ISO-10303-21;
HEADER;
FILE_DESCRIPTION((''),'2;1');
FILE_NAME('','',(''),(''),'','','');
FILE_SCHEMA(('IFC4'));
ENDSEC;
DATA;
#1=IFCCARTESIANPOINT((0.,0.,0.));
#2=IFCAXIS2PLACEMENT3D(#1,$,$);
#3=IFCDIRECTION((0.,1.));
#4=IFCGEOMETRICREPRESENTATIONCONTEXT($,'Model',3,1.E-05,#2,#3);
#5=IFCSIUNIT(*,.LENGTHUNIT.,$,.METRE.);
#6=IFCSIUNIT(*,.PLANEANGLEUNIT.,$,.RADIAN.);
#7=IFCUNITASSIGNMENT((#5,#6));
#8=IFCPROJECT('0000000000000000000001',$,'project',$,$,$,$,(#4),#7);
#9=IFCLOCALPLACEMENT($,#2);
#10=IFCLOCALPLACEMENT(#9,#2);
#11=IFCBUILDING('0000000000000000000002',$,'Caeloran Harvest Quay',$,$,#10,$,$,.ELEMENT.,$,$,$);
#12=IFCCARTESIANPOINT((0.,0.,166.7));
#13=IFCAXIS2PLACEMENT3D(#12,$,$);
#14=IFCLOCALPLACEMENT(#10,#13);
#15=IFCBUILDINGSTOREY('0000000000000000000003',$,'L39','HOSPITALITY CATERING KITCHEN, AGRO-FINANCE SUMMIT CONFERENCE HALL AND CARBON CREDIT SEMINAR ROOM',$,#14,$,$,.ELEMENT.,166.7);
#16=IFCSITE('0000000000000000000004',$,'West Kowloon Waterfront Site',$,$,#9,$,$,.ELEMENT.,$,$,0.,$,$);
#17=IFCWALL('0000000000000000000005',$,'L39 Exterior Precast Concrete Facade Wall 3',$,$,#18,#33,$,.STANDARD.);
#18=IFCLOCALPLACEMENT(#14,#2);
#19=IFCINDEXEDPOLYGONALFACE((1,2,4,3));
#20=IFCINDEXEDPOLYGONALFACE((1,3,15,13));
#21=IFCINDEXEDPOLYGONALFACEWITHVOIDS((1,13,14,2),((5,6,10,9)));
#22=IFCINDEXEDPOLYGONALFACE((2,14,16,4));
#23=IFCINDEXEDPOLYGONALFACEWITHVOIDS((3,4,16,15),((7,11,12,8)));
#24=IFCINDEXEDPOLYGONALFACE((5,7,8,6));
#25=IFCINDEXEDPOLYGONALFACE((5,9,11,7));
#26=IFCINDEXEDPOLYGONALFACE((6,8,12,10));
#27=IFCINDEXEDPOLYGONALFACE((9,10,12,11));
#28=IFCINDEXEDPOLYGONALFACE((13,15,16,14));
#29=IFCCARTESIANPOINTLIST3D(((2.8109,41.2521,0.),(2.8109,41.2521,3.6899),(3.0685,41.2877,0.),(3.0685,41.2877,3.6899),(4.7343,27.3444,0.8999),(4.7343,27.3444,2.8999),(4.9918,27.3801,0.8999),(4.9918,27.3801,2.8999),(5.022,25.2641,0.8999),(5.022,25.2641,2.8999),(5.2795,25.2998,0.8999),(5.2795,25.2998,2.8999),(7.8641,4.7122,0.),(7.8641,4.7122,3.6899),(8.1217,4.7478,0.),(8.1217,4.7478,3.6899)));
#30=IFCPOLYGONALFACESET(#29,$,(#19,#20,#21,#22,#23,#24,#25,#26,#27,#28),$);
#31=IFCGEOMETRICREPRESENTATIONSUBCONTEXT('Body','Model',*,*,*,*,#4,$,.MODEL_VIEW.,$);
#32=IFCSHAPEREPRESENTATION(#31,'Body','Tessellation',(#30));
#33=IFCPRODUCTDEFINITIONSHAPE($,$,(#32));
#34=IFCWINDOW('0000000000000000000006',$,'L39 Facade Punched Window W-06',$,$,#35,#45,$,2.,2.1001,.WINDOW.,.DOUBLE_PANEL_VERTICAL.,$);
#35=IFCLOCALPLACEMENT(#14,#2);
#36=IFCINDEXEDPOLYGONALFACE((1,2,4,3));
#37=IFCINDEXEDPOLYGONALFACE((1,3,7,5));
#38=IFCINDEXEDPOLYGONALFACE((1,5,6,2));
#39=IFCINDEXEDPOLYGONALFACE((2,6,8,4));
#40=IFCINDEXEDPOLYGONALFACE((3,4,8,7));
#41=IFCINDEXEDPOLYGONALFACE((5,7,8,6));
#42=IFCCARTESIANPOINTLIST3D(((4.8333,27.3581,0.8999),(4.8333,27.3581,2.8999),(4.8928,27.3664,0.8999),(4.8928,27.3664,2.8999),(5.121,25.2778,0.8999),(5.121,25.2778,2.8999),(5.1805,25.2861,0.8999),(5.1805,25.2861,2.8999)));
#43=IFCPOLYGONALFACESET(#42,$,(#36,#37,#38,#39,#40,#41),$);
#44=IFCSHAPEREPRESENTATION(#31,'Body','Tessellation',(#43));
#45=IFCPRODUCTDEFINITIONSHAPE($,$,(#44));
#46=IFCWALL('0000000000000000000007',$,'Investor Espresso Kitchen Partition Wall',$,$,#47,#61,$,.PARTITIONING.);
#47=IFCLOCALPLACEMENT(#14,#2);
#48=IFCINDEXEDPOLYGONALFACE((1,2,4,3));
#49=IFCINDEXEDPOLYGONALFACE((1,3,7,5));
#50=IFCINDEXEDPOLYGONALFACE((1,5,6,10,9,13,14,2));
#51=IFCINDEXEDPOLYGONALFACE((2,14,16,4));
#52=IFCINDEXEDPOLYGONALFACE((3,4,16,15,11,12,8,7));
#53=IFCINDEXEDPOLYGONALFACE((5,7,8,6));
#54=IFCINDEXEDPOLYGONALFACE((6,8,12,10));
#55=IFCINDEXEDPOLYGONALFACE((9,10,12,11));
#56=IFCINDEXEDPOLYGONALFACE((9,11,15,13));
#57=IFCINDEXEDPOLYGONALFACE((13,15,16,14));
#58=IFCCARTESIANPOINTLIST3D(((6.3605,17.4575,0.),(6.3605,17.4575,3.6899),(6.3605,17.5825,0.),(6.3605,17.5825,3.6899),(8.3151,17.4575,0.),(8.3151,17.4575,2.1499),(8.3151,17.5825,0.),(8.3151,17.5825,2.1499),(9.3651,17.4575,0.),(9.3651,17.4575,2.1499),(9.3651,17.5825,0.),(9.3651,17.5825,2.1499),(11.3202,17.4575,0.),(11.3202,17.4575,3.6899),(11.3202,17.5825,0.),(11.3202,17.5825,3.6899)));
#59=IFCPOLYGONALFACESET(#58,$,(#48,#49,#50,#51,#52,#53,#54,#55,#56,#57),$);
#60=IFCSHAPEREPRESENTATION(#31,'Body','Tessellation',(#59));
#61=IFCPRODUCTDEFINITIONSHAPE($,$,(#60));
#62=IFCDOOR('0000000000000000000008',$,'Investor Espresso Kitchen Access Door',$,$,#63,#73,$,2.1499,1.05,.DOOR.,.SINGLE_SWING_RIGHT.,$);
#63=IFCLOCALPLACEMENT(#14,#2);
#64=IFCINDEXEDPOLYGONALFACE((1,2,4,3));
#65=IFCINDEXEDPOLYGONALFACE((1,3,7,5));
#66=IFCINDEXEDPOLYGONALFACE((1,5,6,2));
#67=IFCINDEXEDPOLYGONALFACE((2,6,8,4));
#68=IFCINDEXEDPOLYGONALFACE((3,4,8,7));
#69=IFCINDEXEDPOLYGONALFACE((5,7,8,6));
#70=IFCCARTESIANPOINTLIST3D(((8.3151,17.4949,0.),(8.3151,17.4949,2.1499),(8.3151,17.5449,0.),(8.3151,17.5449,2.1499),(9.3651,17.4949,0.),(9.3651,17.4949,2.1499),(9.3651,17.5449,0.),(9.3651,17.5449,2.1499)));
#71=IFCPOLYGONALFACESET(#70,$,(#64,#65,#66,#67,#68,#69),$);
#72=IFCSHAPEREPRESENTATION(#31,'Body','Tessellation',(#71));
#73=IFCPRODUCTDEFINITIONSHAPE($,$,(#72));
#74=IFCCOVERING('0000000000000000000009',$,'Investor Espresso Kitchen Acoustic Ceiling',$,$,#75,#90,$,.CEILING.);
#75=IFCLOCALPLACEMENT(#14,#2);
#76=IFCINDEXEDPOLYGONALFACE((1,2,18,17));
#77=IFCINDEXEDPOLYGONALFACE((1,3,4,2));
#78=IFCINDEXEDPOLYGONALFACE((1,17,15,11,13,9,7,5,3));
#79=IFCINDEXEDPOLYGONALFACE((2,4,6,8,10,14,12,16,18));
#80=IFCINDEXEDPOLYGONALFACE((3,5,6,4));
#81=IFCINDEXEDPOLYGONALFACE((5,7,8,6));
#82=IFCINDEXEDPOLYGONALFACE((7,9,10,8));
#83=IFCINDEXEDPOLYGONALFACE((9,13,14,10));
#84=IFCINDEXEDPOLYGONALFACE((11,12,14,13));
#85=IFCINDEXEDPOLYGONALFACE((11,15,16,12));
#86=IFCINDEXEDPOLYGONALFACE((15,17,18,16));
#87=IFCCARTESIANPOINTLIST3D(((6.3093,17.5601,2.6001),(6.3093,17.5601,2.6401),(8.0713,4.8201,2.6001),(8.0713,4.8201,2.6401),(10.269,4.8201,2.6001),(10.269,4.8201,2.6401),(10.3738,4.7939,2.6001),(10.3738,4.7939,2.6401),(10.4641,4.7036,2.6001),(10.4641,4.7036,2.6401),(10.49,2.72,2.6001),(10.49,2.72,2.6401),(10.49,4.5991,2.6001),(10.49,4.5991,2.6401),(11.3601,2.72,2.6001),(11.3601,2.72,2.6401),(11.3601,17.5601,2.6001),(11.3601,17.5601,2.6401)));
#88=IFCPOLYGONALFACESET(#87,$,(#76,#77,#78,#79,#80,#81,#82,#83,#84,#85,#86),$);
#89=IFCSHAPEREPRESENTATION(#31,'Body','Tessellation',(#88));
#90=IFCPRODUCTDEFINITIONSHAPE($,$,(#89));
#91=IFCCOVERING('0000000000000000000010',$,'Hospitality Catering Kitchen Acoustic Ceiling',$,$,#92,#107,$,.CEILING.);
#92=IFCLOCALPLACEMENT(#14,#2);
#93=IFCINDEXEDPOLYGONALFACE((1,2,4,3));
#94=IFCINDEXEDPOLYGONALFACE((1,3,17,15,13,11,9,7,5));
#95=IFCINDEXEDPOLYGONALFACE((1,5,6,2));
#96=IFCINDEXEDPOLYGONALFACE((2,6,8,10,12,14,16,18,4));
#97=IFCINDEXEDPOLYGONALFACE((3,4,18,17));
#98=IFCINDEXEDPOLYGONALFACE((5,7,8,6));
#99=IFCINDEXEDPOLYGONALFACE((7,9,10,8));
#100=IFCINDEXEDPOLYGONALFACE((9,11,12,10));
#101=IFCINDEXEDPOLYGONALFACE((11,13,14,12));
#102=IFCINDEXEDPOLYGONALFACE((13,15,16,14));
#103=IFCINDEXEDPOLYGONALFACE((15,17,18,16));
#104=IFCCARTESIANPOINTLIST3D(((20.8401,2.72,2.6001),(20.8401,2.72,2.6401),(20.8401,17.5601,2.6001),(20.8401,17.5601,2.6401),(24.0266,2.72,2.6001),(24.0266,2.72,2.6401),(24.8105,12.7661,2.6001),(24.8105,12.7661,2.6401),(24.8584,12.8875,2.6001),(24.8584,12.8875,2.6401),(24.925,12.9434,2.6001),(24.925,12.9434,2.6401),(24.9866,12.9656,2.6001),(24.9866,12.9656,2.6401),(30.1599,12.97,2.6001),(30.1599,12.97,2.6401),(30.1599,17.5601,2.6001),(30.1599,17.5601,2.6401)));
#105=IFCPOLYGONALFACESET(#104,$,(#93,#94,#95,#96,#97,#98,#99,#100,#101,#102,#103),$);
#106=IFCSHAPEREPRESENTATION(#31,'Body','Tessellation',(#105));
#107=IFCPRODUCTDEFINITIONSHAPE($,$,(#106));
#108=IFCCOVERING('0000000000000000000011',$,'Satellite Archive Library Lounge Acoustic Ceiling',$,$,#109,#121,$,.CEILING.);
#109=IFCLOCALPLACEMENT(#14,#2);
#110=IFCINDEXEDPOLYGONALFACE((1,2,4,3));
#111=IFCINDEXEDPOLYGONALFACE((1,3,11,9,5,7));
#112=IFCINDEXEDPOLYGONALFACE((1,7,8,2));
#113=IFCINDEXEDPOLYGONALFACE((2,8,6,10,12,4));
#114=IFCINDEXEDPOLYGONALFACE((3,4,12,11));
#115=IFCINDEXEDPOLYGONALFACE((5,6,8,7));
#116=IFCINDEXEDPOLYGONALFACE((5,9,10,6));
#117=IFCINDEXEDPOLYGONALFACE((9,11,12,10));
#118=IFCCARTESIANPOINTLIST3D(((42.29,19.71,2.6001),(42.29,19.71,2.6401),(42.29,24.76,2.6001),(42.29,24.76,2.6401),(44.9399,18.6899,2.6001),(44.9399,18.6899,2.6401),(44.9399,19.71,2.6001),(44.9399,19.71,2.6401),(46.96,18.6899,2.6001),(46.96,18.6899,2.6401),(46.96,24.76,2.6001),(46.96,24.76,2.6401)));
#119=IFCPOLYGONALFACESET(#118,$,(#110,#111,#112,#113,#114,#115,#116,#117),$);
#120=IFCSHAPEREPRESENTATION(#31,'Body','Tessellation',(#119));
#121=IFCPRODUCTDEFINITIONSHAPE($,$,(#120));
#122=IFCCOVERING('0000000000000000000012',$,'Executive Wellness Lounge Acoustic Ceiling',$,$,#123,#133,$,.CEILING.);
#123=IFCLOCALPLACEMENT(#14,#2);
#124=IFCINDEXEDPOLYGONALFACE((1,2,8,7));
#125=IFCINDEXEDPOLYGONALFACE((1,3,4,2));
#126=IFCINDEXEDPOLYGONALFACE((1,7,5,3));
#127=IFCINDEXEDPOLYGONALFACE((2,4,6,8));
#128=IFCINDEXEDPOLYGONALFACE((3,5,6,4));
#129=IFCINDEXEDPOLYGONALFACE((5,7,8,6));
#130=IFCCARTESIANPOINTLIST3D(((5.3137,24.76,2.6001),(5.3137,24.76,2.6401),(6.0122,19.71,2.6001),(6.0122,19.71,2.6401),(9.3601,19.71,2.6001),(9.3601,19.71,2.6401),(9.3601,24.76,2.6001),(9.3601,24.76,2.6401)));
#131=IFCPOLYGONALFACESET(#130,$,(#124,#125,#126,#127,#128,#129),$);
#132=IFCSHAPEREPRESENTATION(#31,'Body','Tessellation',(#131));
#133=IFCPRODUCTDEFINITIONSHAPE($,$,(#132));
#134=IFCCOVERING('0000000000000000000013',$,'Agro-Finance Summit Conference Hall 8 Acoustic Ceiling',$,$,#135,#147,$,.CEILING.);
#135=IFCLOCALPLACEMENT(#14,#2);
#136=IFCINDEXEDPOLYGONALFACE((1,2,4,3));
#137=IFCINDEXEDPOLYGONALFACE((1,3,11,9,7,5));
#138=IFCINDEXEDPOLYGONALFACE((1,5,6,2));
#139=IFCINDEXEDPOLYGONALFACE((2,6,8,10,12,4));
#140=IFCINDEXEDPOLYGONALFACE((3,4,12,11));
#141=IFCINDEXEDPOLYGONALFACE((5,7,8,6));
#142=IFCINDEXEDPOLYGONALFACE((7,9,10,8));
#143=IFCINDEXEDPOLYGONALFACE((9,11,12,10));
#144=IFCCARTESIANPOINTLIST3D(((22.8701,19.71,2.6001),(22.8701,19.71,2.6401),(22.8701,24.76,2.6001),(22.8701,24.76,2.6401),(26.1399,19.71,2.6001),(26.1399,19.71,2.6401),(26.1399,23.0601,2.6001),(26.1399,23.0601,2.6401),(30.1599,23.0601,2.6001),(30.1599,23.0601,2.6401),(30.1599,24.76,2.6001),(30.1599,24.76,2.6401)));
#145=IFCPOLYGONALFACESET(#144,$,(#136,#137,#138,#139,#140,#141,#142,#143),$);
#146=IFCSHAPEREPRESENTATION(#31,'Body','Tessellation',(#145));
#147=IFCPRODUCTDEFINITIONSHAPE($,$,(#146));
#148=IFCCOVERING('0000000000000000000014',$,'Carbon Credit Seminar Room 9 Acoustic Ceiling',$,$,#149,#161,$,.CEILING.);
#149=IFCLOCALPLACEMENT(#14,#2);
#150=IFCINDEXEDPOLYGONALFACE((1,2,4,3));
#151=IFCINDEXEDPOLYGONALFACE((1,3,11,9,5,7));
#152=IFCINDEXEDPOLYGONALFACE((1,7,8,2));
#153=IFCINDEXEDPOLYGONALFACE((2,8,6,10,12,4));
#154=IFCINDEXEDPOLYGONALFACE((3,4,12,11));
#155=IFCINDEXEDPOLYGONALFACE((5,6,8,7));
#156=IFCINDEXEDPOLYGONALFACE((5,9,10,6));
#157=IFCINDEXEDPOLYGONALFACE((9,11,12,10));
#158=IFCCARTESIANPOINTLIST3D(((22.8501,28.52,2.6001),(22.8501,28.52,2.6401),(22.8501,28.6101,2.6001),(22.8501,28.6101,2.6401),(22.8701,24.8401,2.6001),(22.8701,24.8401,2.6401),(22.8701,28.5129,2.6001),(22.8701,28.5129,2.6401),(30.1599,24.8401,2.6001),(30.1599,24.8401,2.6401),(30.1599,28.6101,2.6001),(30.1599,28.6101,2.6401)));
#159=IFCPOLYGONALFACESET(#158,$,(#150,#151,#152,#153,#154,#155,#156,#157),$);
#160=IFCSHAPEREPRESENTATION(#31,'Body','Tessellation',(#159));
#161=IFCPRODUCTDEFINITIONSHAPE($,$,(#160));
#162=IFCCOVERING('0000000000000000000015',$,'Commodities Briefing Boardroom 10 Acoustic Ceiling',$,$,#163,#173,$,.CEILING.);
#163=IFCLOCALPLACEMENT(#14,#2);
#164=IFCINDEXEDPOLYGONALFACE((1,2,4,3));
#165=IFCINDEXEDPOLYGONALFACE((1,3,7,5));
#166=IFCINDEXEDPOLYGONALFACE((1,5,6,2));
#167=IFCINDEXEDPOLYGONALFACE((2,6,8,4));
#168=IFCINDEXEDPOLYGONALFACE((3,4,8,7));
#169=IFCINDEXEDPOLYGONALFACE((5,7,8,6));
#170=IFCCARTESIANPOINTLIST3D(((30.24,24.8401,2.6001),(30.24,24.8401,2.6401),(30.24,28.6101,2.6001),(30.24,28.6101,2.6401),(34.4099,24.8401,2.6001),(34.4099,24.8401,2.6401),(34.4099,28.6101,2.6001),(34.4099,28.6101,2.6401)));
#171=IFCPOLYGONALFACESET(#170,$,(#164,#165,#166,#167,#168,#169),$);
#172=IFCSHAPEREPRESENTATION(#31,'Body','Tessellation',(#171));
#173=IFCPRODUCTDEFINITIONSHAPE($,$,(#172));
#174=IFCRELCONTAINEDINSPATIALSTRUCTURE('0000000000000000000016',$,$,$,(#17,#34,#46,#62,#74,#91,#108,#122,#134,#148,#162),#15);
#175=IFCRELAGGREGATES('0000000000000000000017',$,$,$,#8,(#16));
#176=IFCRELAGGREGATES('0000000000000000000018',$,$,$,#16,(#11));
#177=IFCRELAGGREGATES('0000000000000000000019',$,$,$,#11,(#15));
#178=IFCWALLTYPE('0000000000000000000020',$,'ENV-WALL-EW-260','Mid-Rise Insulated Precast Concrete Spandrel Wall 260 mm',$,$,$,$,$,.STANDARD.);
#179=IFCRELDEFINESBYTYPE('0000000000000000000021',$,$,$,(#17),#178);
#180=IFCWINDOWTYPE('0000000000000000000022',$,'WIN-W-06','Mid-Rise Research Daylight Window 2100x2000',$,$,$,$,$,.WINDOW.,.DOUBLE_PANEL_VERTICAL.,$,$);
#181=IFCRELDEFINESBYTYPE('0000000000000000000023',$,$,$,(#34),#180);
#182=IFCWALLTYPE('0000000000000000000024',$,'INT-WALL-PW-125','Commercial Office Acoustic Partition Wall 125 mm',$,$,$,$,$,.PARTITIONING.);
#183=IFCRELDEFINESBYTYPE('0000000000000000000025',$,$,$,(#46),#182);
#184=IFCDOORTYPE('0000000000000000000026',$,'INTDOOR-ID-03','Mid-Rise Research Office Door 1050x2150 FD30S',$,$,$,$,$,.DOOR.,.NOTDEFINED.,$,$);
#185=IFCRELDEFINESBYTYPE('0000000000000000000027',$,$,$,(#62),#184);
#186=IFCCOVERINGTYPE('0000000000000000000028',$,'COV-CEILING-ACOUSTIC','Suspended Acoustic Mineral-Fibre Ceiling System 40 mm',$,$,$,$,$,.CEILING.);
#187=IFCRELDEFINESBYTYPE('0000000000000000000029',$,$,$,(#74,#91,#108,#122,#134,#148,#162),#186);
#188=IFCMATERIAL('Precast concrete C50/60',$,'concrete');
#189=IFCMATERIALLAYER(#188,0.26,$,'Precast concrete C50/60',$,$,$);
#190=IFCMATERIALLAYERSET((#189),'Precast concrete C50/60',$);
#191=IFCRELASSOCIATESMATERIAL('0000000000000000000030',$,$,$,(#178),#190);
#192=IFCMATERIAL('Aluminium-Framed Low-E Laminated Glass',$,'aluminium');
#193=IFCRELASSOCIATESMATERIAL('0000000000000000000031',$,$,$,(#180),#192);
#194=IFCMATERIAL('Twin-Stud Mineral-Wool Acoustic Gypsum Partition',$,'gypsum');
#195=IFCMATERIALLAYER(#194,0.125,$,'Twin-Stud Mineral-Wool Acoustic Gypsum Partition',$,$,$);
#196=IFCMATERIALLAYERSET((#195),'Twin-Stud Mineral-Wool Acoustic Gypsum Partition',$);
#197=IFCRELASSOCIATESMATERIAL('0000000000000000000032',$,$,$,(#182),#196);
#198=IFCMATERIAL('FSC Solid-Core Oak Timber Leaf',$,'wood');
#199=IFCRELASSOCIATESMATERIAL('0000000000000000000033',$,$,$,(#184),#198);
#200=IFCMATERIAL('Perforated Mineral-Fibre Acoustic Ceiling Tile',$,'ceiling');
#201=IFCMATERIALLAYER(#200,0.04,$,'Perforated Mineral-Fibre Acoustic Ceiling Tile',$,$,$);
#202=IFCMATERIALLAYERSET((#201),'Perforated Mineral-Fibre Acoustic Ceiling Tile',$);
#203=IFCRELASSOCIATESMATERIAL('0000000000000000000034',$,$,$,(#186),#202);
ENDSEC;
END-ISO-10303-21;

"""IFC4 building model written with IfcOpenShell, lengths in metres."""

from ifc_helpers import new_model, si_unit, direction, frame, frame_2d, origin, place, context, subcontext, project, spatial, polyline, rectangle, outline, extrude, material, layer, layer_set, type_object, element, fill, save


model = new_model("IFC4")

# Units and contexts
model_context = context("Model", 3, precision=1e-05, world=origin(), true_north=direction((0.0, 1.0)))
body_context = subcontext(model_context, "Body", "Model", "MODEL_VIEW")
ifc_project = project(units=[si_unit("LENGTHUNIT", "METRE"), si_unit("PLANEANGLEUNIT", "RADIAN")], contexts=[model_context])

# Site, building, storey
site_placement = place(None, origin())
site = spatial("IfcSite", under=ifc_project, at=site_placement, Name="West Kowloon Waterfront Site", CompositionType="ELEMENT", RefElevation=0.0)
building_placement = place(site_placement, origin())
building = spatial("IfcBuilding", under=site, at=building_placement, Name="Caeloran Harvest Quay", CompositionType="ELEMENT")
storey_placement = place(building_placement, frame((0.0, 0.0, 166.7)))
storey = spatial("IfcBuildingStorey", under=building, at=storey_placement, Name="L39", Description="HOSPITALITY CATERING KITCHEN, AGRO-FINANCE SUMMIT CONFERENCE HALL AND CARBON CREDIT SEMINAR ROOM", CompositionType="ELEMENT", Elevation=166.7)

# Wall, opening, window
ifc_material_1 = material(Name="Precast concrete C50/60", Category="concrete")
ifc_layer_1 = layer(ifc_material_1, 0.26, Name="Precast concrete C50/60")
ifc_layer_set_1 = layer_set([ifc_layer_1], Name="Precast concrete C50/60")
wall_type_1 = type_object("IfcWallType", Name="ENV-WALL-EW-260", Description="Mid-Rise Insulated Precast Concrete Spandrel Wall 260 mm", PredefinedType="STANDARD", material=ifc_layer_set_1)
wall_1_placement = place(storey_placement, frame((7.9929, 4.73, 0.0), z_axis=(0.0, 0.0, 1.0), x_axis=(-0.136989, 0.990573, 0.0)))
wall_1 = element("IfcWall", 1, at=wall_1_placement, inside=storey, type_object=wall_type_1, Name="L39 Exterior Precast Concrete Facade Wall 3", PredefinedType="STANDARD", context=body_context, shape_type="SweptSolid", body=[
    extrude(rectangle(XDim=36.8877, YDim=0.26, at=frame_2d((18.4438, 0.0))), origin(), (0.0, 0.0, 1.0), 3.6899),
])
opening_1_placement = place(wall_1_placement, frame((20.7476, 0.0, 0.8999)))
opening_1 = element("IfcOpeningElement", 2, at=opening_1_placement, cuts=wall_1, PredefinedType="OPENING", context=body_context, shape_type="SweptSolid", body=[
    extrude(rectangle(XDim=2.1001, YDim=2.0, at=frame_2d((1.05, 1.0))), frame((0.0, 0.1401, 0.0), z_axis=(0.0, -1.0, 0.0), x_axis=(1.0, 0.0, 0.0)), (0.0, 0.0, 1.0), 0.28),
])
ifc_material_2 = material(Name="Aluminium-Framed Low-E Laminated Glass", Category="aluminium")
window_type = type_object("IfcWindowType", Name="WIN-W-06", Description="Mid-Rise Research Daylight Window 2100x2000", PartitioningType="DOUBLE_PANEL_VERTICAL", PredefinedType="WINDOW", material=ifc_material_2)
window_placement = place(opening_1_placement, origin())
window = element("IfcWindow", 3, at=window_placement, inside=storey, type_object=window_type, Name="L39 Facade Punched Window W-06", OverallHeight=2.0, OverallWidth=2.1001, PartitioningType="DOUBLE_PANEL_VERTICAL", PredefinedType="WINDOW", context=body_context, shape_type="SweptSolid", body=[
    extrude(rectangle(XDim=2.1001, YDim=2.0, at=frame_2d((1.05, 1.0))), frame((0.0, 0.03, 0.0), z_axis=(0.0, -1.0, 0.0), x_axis=(1.0, 0.0, 0.0)), (0.0, 0.0, 1.0), 0.0601),
])
fill(opening_1, window)

# Wall, opening, door
ifc_material_3 = material(Name="Twin-Stud Mineral-Wool Acoustic Gypsum Partition", Category="gypsum")
ifc_layer_2 = layer(ifc_material_3, 0.125, Name="Twin-Stud Mineral-Wool Acoustic Gypsum Partition")
ifc_layer_set_2 = layer_set([ifc_layer_2], Name="Twin-Stud Mineral-Wool Acoustic Gypsum Partition")
wall_type_2 = type_object("IfcWallType", Name="INT-WALL-PW-125", Description="Commercial Office Acoustic Partition Wall 125 mm", PredefinedType="PARTITIONING", material=ifc_layer_set_2)
wall_2_placement = place(storey_placement, frame((6.3604, 17.52, 0.0), z_axis=(0.0, 0.0, 1.0), x_axis=(1.0, 0.0, 0.0)))
wall_2 = element("IfcWall", 4, at=wall_2_placement, inside=storey, type_object=wall_type_2, Name="Investor Espresso Kitchen Partition Wall", PredefinedType="PARTITIONING", context=body_context, shape_type="SweptSolid", body=[
    extrude(rectangle(XDim=4.9597, YDim=0.125, at=frame_2d((2.48, 0.0))), origin(), (0.0, 0.0, 1.0), 3.6899),
])
opening_2_placement = place(wall_2_placement, frame((1.9548, 0.0, 0.0)))
opening_2 = element("IfcOpeningElement", 5, at=opening_2_placement, cuts=wall_2, PredefinedType="OPENING", context=body_context, shape_type="SweptSolid", body=[
    extrude(rectangle(XDim=1.05, YDim=2.1499, at=frame_2d((0.5249, 1.075))), frame((0.0, 0.0725, 0.0), z_axis=(0.0, -1.0, 0.0), x_axis=(1.0, 0.0, 0.0)), (0.0, 0.0, 1.0), 0.145),
])
ifc_material_4 = material(Name="FSC Solid-Core Oak Timber Leaf", Category="wood")
door_type = type_object("IfcDoorType", Name="INTDOOR-ID-03", Description="Mid-Rise Research Office Door 1050x2150 FD30S", OperationType="NOTDEFINED", PredefinedType="DOOR", material=ifc_material_4)
door_placement = place(opening_2_placement, origin())
door = element("IfcDoor", 6, at=door_placement, inside=storey, type_object=door_type, Name="Investor Espresso Kitchen Access Door", OperationType="SINGLE_SWING_RIGHT", OverallHeight=2.1499, OverallWidth=1.05, PredefinedType="DOOR", context=body_context, shape_type="SweptSolid", body=[
    extrude(rectangle(XDim=1.05, YDim=2.1499, at=frame_2d((0.5249, 1.075))), frame((0.0, 0.0249, 0.0), z_axis=(0.0, -1.0, 0.0), x_axis=(1.0, 0.0, 0.0)), (0.0, 0.0, 1.0), 0.05),
])
fill(opening_2, door)

# Coverings
ifc_material_5 = material(Name="Perforated Mineral-Fibre Acoustic Ceiling Tile", Category="ceiling")
ifc_layer_3 = layer(ifc_material_5, 0.04, Name="Perforated Mineral-Fibre Acoustic Ceiling Tile")
ifc_layer_set_3 = layer_set([ifc_layer_3], Name="Perforated Mineral-Fibre Acoustic Ceiling Tile")
covering_type_1 = type_object("IfcCoveringType", Name="COV-CEILING-ACOUSTIC", Description="Suspended Acoustic Mineral-Fibre Ceiling System 40 mm", PredefinedType="CEILING", material=ifc_layer_set_3)
covering_1_placement = place(storey_placement, frame((0.0, 0.0, 2.6001)))
element("IfcCovering", 7, at=covering_1_placement, inside=storey, type_object=covering_type_1, Name="Investor Espresso Kitchen Acoustic Ceiling", PredefinedType="CEILING", context=body_context, shape_type="SweptSolid", body=[
    extrude(outline(polyline([(10.4641, 4.7036), (10.3738, 4.7939), (10.269, 4.8201), (8.0713, 4.8201), (6.3093, 17.5601), (11.3601, 17.5601), (11.3601, 2.72), (10.49, 2.72), (10.49, 4.5991), (10.4641, 4.7036)])), origin(), (0.0, 0.0, 1.0), 0.04),
])
covering_2_placement = place(storey_placement, frame((0.0, 0.0, 2.6001)))
element("IfcCovering", 8, at=covering_2_placement, inside=storey, type_object=covering_type_1, Name="Hospitality Catering Kitchen Acoustic Ceiling", PredefinedType="CEILING", context=body_context, shape_type="SweptSolid", body=[
    extrude(outline(polyline([(24.9866, 12.9656), (24.925, 12.9434), (24.8584, 12.8875), (24.8105, 12.7661), (24.0266, 2.72), (20.8401, 2.72), (20.8401, 17.5601), (30.1599, 17.5601), (30.1599, 12.97), (24.9866, 12.9656)])), origin(), (0.0, 0.0, 1.0), 0.04),
])
covering_3_placement = place(storey_placement, frame((0.0, 0.0, 2.6001)))
element("IfcCovering", 9, at=covering_3_placement, inside=storey, type_object=covering_type_1, Name="Satellite Archive Library Lounge Acoustic Ceiling", PredefinedType="CEILING", context=body_context, shape_type="SweptSolid", body=[
    extrude(outline(polyline([(44.9399, 19.71), (42.29, 19.71), (42.29, 24.76), (46.96, 24.76), (46.96, 18.6899), (44.9399, 18.6899), (44.9399, 19.71)])), origin(), (0.0, 0.0, 1.0), 0.04),
])
covering_4_placement = place(storey_placement, frame((0.0, 0.0, 2.6001)))
element("IfcCovering", 10, at=covering_4_placement, inside=storey, type_object=covering_type_1, Name="Executive Wellness Lounge Acoustic Ceiling", PredefinedType="CEILING", context=body_context, shape_type="SweptSolid", body=[
    extrude(outline(polyline([(9.3601, 19.71), (6.0122, 19.71), (5.3137, 24.76), (9.3601, 24.76), (9.3601, 19.71)])), origin(), (0.0, 0.0, 1.0), 0.04),
])
covering_5_placement = place(storey_placement, frame((0.0, 0.0, 2.6001)))
element("IfcCovering", 11, at=covering_5_placement, inside=storey, type_object=covering_type_1, Name="Agro-Finance Summit Conference Hall 8 Acoustic Ceiling", PredefinedType="CEILING", context=body_context, shape_type="SweptSolid", body=[
    extrude(outline(polyline([(26.1399, 23.0601), (26.1399, 19.71), (22.8701, 19.71), (22.8701, 24.76), (30.1599, 24.76), (30.1599, 23.0601), (26.1399, 23.0601)])), origin(), (0.0, 0.0, 1.0), 0.04),
])
covering_6_placement = place(storey_placement, frame((0.0, 0.0, 2.6001)))
element("IfcCovering", 12, at=covering_6_placement, inside=storey, type_object=covering_type_1, Name="Carbon Credit Seminar Room 9 Acoustic Ceiling", PredefinedType="CEILING", context=body_context, shape_type="SweptSolid", body=[
    extrude(outline(polyline([(22.8701, 28.5129), (22.8501, 28.52), (22.8501, 28.6101), (30.1599, 28.6101), (30.1599, 24.8401), (22.8701, 24.8401), (22.8701, 28.5129)])), origin(), (0.0, 0.0, 1.0), 0.04),
])
covering_7_placement = place(storey_placement, frame((0.0, 0.0, 2.6001)))
element("IfcCovering", 13, at=covering_7_placement, inside=storey, type_object=covering_type_1, Name="Commodities Briefing Boardroom 10 Acoustic Ceiling", PredefinedType="CEILING", context=body_context, shape_type="SweptSolid", body=[
    extrude(outline(polyline([(30.24, 28.6101), (34.4099, 28.6101), (34.4099, 24.8401), (30.24, 24.8401), (30.24, 28.6101)])), origin(), (0.0, 0.0, 1.0), 0.04),
])

save(model, "model.ifc")
